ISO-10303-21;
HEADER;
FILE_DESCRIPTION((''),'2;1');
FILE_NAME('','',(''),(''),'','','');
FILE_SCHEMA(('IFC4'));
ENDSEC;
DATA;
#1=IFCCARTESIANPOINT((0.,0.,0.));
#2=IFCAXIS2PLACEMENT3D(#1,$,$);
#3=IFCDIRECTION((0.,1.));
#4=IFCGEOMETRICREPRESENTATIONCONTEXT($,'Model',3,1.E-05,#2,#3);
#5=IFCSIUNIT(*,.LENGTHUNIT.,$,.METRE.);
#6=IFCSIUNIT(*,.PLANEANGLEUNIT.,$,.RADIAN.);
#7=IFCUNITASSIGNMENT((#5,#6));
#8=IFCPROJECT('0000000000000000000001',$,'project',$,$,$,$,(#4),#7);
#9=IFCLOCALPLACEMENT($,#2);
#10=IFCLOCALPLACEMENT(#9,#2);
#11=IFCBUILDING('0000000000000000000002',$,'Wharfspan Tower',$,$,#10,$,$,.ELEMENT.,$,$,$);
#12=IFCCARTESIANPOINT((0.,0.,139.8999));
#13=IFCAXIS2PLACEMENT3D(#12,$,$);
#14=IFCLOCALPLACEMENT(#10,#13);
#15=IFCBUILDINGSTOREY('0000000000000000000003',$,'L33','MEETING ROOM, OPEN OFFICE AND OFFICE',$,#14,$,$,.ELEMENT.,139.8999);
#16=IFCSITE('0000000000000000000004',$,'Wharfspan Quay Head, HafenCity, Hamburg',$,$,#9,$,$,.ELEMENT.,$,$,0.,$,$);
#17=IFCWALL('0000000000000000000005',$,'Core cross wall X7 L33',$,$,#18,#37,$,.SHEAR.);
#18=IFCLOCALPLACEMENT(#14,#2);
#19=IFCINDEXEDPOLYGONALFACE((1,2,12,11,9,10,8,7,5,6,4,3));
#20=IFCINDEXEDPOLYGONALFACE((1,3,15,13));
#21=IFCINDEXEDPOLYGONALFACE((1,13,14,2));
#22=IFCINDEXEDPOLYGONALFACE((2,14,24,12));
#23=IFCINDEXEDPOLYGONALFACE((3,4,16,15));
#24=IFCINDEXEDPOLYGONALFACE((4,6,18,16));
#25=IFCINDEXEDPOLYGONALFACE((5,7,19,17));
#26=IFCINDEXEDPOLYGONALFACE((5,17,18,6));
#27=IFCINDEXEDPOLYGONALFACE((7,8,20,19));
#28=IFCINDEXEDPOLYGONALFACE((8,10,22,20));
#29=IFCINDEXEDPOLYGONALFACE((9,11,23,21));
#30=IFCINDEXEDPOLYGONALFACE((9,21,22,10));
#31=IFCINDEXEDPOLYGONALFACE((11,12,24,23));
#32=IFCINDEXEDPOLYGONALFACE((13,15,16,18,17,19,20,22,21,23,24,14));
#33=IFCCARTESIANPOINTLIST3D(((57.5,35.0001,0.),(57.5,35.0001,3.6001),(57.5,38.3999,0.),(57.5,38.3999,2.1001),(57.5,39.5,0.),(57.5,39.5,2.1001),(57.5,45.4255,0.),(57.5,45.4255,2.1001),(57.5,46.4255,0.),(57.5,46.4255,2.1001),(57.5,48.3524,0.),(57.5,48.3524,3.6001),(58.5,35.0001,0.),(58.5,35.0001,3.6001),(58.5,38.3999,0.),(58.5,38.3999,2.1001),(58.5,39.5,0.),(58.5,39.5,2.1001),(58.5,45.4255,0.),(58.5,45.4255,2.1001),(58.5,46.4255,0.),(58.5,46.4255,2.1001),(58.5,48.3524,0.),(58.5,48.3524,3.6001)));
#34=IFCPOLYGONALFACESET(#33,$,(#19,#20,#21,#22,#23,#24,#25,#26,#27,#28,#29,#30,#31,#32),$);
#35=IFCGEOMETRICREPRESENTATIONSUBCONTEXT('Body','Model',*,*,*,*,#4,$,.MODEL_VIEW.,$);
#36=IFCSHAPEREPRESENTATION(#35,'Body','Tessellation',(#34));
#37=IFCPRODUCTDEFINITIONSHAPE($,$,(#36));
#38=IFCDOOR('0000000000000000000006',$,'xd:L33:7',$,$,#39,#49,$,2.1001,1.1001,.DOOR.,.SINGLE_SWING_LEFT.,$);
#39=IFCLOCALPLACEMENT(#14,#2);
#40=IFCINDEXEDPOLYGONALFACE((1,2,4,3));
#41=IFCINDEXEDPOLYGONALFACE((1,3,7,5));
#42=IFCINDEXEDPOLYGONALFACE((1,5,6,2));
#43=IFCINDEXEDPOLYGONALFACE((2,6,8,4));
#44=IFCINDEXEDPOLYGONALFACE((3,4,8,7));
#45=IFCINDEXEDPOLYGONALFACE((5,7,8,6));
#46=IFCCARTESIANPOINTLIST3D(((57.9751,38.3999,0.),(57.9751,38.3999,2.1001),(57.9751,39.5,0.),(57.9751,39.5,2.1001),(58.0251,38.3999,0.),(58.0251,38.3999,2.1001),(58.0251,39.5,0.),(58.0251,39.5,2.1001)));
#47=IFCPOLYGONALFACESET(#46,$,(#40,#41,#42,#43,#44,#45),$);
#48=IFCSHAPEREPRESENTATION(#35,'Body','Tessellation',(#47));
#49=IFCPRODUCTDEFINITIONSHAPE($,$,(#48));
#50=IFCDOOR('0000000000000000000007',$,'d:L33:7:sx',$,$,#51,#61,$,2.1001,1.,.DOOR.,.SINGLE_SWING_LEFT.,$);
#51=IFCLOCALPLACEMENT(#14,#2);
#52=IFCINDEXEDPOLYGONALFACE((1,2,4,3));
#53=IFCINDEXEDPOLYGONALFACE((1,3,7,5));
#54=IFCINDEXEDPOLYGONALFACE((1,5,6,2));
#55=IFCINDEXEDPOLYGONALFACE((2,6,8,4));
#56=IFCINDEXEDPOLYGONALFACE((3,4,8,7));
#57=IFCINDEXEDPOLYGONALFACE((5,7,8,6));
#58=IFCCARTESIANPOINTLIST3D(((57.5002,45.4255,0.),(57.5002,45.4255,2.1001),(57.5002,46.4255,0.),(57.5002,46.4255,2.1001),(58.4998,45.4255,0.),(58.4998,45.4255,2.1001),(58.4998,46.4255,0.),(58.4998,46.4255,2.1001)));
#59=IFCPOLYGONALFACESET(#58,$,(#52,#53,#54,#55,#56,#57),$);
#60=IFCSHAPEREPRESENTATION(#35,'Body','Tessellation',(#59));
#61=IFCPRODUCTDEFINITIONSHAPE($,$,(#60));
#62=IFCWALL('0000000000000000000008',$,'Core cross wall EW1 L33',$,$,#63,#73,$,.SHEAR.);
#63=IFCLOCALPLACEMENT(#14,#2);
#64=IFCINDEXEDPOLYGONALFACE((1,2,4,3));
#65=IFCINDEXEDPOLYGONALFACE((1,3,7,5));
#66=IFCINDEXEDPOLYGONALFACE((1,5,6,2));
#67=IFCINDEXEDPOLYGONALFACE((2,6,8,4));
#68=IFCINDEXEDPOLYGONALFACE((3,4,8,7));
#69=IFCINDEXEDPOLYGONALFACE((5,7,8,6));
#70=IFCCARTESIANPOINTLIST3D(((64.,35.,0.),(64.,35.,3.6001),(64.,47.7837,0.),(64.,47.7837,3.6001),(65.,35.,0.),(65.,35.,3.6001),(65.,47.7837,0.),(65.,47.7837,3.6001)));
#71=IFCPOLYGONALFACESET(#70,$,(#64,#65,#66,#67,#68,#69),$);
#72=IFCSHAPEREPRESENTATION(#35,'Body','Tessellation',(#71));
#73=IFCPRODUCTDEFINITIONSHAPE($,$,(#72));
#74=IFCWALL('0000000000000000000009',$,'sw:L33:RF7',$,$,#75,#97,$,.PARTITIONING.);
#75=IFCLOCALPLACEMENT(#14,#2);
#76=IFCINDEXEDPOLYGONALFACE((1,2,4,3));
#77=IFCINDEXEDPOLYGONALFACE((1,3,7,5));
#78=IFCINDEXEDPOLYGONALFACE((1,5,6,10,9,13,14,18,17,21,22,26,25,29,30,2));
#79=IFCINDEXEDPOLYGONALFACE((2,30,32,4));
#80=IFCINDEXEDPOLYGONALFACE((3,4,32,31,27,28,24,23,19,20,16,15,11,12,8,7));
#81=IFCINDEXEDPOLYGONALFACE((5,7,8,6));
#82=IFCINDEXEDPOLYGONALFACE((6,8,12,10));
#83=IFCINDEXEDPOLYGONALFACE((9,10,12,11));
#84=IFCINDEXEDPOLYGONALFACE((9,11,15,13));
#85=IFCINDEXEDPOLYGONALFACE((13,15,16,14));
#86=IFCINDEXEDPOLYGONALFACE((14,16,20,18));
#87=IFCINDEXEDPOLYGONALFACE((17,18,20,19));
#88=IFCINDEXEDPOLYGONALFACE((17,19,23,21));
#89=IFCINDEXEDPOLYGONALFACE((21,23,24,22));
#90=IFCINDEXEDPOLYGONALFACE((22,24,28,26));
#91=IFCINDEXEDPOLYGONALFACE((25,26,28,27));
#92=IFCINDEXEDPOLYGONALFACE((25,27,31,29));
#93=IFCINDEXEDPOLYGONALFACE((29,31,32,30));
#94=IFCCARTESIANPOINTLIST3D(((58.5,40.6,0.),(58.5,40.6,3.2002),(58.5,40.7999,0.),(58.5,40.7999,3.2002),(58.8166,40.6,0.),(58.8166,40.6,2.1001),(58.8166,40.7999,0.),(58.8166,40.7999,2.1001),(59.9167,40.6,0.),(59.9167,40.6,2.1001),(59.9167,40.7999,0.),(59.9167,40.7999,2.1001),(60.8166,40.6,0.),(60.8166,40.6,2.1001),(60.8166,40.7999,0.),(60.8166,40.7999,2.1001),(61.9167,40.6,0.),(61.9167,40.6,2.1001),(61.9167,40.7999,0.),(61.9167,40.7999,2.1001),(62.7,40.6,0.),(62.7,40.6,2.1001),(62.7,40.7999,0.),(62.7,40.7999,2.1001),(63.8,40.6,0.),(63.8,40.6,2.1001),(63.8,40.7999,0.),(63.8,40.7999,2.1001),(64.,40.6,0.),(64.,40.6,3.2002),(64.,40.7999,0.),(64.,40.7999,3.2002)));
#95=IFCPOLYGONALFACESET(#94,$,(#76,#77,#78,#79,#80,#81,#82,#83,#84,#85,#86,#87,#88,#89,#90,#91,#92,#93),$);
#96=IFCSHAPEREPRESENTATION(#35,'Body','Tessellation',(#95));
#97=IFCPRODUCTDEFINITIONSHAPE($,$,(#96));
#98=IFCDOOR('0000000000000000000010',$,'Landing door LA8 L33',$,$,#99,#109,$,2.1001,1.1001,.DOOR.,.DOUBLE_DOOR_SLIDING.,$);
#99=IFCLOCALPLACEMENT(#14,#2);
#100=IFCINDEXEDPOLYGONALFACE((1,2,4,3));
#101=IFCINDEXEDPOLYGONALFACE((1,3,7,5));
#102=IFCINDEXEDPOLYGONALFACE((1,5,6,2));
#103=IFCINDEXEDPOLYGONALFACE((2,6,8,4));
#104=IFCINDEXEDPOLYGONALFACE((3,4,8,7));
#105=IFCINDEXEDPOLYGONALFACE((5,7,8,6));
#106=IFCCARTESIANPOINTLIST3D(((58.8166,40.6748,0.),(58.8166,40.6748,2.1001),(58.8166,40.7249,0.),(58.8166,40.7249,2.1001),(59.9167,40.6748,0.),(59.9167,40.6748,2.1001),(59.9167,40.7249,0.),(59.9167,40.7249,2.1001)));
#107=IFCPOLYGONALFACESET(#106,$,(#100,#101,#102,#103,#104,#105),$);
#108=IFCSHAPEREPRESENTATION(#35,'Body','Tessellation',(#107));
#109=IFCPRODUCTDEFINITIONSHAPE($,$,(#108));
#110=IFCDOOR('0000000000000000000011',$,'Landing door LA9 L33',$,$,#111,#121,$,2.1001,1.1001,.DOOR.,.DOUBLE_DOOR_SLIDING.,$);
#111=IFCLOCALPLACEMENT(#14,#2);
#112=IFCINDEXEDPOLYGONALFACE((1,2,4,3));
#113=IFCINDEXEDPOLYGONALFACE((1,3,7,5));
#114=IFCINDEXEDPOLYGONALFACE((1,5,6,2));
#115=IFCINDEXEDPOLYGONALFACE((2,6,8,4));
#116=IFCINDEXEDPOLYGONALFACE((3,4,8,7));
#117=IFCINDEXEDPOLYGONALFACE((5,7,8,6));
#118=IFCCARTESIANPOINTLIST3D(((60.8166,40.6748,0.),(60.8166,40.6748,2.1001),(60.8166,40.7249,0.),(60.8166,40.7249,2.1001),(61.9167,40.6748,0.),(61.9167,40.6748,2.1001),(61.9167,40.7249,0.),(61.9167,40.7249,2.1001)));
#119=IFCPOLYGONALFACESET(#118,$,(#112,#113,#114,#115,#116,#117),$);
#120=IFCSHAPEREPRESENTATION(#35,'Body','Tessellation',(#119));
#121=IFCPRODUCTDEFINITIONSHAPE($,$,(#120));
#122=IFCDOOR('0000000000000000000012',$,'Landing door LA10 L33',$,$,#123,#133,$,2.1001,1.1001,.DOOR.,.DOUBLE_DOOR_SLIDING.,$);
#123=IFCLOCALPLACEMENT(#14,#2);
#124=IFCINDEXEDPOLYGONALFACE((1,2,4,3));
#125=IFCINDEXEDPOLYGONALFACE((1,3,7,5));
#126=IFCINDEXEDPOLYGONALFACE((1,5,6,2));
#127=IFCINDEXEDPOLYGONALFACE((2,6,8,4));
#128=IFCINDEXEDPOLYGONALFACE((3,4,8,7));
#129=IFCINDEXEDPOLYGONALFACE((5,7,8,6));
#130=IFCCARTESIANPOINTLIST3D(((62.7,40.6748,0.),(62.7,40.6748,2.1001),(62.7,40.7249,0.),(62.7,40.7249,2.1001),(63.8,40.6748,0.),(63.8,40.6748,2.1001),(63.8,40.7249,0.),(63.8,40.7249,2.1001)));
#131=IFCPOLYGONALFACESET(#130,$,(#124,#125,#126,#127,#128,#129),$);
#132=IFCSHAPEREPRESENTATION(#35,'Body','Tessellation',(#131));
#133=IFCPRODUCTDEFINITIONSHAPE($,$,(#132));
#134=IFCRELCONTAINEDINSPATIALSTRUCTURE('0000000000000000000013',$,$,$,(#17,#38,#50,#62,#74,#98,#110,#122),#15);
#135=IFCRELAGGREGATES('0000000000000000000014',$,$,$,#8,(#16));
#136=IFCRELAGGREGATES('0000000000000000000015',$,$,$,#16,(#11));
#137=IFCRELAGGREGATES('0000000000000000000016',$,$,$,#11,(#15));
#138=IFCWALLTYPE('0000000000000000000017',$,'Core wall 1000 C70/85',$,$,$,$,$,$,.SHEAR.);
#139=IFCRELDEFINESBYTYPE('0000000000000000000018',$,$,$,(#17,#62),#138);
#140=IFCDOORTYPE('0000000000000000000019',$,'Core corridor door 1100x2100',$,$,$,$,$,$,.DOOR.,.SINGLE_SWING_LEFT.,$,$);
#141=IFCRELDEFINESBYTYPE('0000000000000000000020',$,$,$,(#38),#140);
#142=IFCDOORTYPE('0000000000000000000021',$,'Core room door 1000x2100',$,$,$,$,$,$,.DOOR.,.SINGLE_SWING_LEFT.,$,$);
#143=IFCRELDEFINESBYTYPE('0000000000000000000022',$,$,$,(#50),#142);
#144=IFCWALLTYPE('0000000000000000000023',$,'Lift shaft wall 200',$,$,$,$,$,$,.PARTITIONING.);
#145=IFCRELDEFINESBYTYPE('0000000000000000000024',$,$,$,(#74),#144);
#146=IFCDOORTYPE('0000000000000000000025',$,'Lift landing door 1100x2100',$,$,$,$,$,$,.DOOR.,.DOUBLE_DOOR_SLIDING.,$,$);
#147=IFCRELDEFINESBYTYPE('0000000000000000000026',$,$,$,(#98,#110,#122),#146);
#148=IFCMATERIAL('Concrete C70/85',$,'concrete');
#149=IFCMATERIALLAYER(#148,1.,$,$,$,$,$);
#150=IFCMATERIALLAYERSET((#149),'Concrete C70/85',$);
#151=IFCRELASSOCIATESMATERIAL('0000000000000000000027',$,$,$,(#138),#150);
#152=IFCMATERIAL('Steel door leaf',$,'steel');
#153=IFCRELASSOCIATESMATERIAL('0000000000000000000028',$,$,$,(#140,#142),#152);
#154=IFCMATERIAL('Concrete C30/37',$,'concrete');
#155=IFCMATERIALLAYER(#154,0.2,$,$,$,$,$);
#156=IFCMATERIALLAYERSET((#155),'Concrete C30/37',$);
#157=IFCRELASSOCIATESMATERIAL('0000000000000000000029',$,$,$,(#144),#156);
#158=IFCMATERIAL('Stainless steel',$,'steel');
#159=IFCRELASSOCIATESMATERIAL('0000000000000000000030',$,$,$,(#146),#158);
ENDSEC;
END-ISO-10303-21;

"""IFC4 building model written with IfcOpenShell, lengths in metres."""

from ifc_helpers import new_model, si_unit, direction, frame, frame_2d, origin, place, context, subcontext, project, spatial, rectangle, extrude, material, layer, layer_set, type_object, element, fill, save


model = new_model("IFC4")

# Units and contexts
model_context = context("Model", 3, precision=1e-05, world=origin(), true_north=direction((0.0, 1.0)))
body_context = subcontext(model_context, "Body", "Model", "MODEL_VIEW")
ifc_project = project(units=[si_unit("LENGTHUNIT", "METRE"), si_unit("PLANEANGLEUNIT", "RADIAN")], contexts=[model_context])

# Site, building, storey
site_placement = place(None, origin())
site = spatial("IfcSite", under=ifc_project, at=site_placement, Name="Wharfspan Quay Head, HafenCity, Hamburg", CompositionType="ELEMENT", RefElevation=0.0)
building_placement = place(site_placement, origin())
building = spatial("IfcBuilding", under=site, at=building_placement, Name="Wharfspan Tower", CompositionType="ELEMENT")
storey_placement = place(building_placement, frame((0.0, 0.0, 139.8999)))
storey = spatial("IfcBuildingStorey", under=building, at=storey_placement, Name="L33", Description="MEETING ROOM, OPEN OFFICE AND OFFICE", CompositionType="ELEMENT", Elevation=139.8999)

# Wall, openings, doors
ifc_material_1 = material(Name="Concrete C70/85", Category="concrete")
ifc_layer_1 = layer(ifc_material_1, 1.0)
ifc_layer_set_1 = layer_set([ifc_layer_1], Name="Concrete C70/85")
wall_type_1 = type_object("IfcWallType", Name="Core wall 1000 C70/85", PredefinedType="SHEAR", material=ifc_layer_set_1)
wall_1_placement = place(storey_placement, frame((58.0, 35.0, 0.0), z_axis=(0.0, 0.0, 1.0), x_axis=(0.0, 1.0, 0.0)))
wall_1 = element("IfcWall", 1, at=wall_1_placement, inside=storey, type_object=wall_type_1, Name="Core cross wall X7 L33", PredefinedType="SHEAR", context=body_context, shape_type="SweptSolid", body=[
    extrude(rectangle(XDim=13.3523, YDim=1.0, at=frame_2d((6.6763, 0.0))), origin(), (0.0, 0.0, 1.0), 3.6001),
])
opening_1_placement = place(wall_1_placement, frame((10.4255, 0.0, 0.0)))
opening_1 = element("IfcOpeningElement", 2, at=opening_1_placement, cuts=wall_1, PredefinedType="OPENING", context=body_context, shape_type="SweptSolid", body=[
    extrude(rectangle(XDim=1.0, YDim=2.1001, at=frame_2d((0.5, 1.05))), frame((0.0, 0.51, 0.0), z_axis=(0.0, -1.0, 0.0), x_axis=(1.0, 0.0, 0.0)), (0.0, 0.0, 1.0), 1.02),
])
opening_2_placement = place(wall_1_placement, frame((3.3999, 0.0, 0.0)))
opening_2 = element("IfcOpeningElement", 3, at=opening_2_placement, cuts=wall_1, PredefinedType="OPENING", context=body_context, shape_type="SweptSolid", body=[
    extrude(rectangle(XDim=1.1001, YDim=2.1001, at=frame_2d((0.55, 1.05))), frame((0.0, 0.51, 0.0), z_axis=(0.0, -1.0, 0.0), x_axis=(1.0, 0.0, 0.0)), (0.0, 0.0, 1.0), 1.02),
])
ifc_material_2 = material(Name="Steel door leaf", Category="steel")
door_type_1 = type_object("IfcDoorType", Name="Core corridor door 1100x2100", OperationType="SINGLE_SWING_LEFT", PredefinedType="DOOR", material=ifc_material_2)
door_1_placement = place(opening_2_placement, origin())
door_1 = element("IfcDoor", 4, at=door_1_placement, inside=storey, type_object=door_type_1, Name="xd:L33:7", OperationType="SINGLE_SWING_LEFT", OverallHeight=2.1001, OverallWidth=1.1001, PredefinedType="DOOR", context=body_context, shape_type="SweptSolid", body=[
    extrude(rectangle(XDim=1.1001, YDim=2.1001, at=frame_2d((0.55, 1.05))), frame((0.0, 0.0249, 0.0), z_axis=(0.0, -1.0, 0.0), x_axis=(1.0, 0.0, 0.0)), (0.0, 0.0, 1.0), 0.05),
])
fill(opening_2, door_1)
door_type_2 = type_object("IfcDoorType", Name="Core room door 1000x2100", OperationType="SINGLE_SWING_LEFT", PredefinedType="DOOR", material=ifc_material_2)
door_2_placement = place(opening_1_placement, origin())
door_2 = element("IfcDoor", 5, at=door_2_placement, inside=storey, type_object=door_type_2, Name="d:L33:7:sx", OperationType="SINGLE_SWING_LEFT", OverallHeight=2.1001, OverallWidth=1.0, PredefinedType="DOOR", context=body_context, shape_type="SweptSolid", body=[
    extrude(rectangle(XDim=1.0, YDim=2.1001, at=frame_2d((0.5, 1.05))), frame((0.0, 0.4998, 0.0), z_axis=(0.0, -1.0, 0.0), x_axis=(1.0, 0.0, 0.0)), (0.0, 0.0, 1.0), 0.9995),
])
fill(opening_1, door_2)

# Wall
wall_2_placement = place(storey_placement, frame((64.5, 35.0, 0.0), z_axis=(0.0, 0.0, 1.0), x_axis=(0.0, 1.0, 0.0)))
element("IfcWall", 6, at=wall_2_placement, inside=storey, type_object=wall_type_1, Name="Core cross wall EW1 L33", PredefinedType="SHEAR", context=body_context, shape_type="SweptSolid", body=[
    extrude(rectangle(XDim=12.7837, YDim=1.0, at=frame_2d((6.3918, 0.0))), origin(), (0.0, 0.0, 1.0), 3.6001),
])

# Wall, openings, doors
ifc_material_3 = material(Name="Concrete C30/37", Category="concrete")
ifc_layer_2 = layer(ifc_material_3, 0.2)
ifc_layer_set_2 = layer_set([ifc_layer_2], Name="Concrete C30/37")
wall_type_2 = type_object("IfcWallType", Name="Lift shaft wall 200", PredefinedType="PARTITIONING", material=ifc_layer_set_2)
wall_3_placement = place(storey_placement, frame((58.5, 40.7, 0.0), z_axis=(0.0, 0.0, 1.0), x_axis=(1.0, 0.0, 0.0)))
wall_3 = element("IfcWall", 7, at=wall_3_placement, inside=storey, type_object=wall_type_2, Name="sw:L33:RF7", PredefinedType="PARTITIONING", context=body_context, shape_type="SweptSolid", body=[
    extrude(rectangle(XDim=5.5, YDim=0.2, at=frame_2d((2.75, 0.0))), origin(), (0.0, 0.0, 1.0), 3.2002),
])
opening_3_placement = place(wall_3_placement, frame((0.3166, 0.0, 0.0)))
opening_3 = element("IfcOpeningElement", 8, at=opening_3_placement, cuts=wall_3, PredefinedType="OPENING", context=body_context, shape_type="SweptSolid", body=[
    extrude(rectangle(XDim=1.1001, YDim=2.1001, at=frame_2d((0.55, 1.05))), frame((0.0, 0.1099, 0.0), z_axis=(0.0, -1.0, 0.0), x_axis=(1.0, 0.0, 0.0)), (0.0, 0.0, 1.0), 0.22),
])
opening_4_placement = place(wall_3_placement, frame((2.3167, 0.0, 0.0)))
opening_4 = element("IfcOpeningElement", 9, at=opening_4_placement, cuts=wall_3, PredefinedType="OPENING", context=body_context, shape_type="SweptSolid", body=[
    extrude(rectangle(XDim=1.1001, YDim=2.1001, at=frame_2d((0.55, 1.05))), frame((0.0, 0.1099, 0.0), z_axis=(0.0, -1.0, 0.0), x_axis=(1.0, 0.0, 0.0)), (0.0, 0.0, 1.0), 0.22),
])
opening_5_placement = place(wall_3_placement, frame((4.2, 0.0, 0.0)))
opening_5 = element("IfcOpeningElement", 10, at=opening_5_placement, cuts=wall_3, PredefinedType="OPENING", context=body_context, shape_type="SweptSolid", body=[
    extrude(rectangle(XDim=1.1001, YDim=2.1001, at=frame_2d((0.55, 1.05))), frame((0.0, 0.1099, 0.0), z_axis=(0.0, -1.0, 0.0), x_axis=(1.0, 0.0, 0.0)), (0.0, 0.0, 1.0), 0.22),
])
ifc_material_4 = material(Name="Stainless steel", Category="steel")
door_type_3 = type_object("IfcDoorType", Name="Lift landing door 1100x2100", OperationType="DOUBLE_DOOR_SLIDING", PredefinedType="DOOR", material=ifc_material_4)
door_3_placement = place(opening_3_placement, origin())
door_3 = element("IfcDoor", 11, at=door_3_placement, inside=storey, type_object=door_type_3, Name="Landing door LA8 L33", OperationType="DOUBLE_DOOR_SLIDING", OverallHeight=2.1001, OverallWidth=1.1001, PredefinedType="DOOR", context=body_context, shape_type="SweptSolid", body=[
    extrude(rectangle(XDim=1.1001, YDim=2.1001, at=frame_2d((0.55, 1.05))), frame((0.0, 0.0249, 0.0), z_axis=(0.0, -1.0, 0.0), x_axis=(1.0, 0.0, 0.0)), (0.0, 0.0, 1.0), 0.05),
])
fill(opening_3, door_3)
door_4_placement = place(opening_4_placement, origin())
door_4 = element("IfcDoor", 12, at=door_4_placement, inside=storey, type_object=door_type_3, Name="Landing door LA9 L33", OperationType="DOUBLE_DOOR_SLIDING", OverallHeight=2.1001, OverallWidth=1.1001, PredefinedType="DOOR", context=body_context, shape_type="SweptSolid", body=[
    extrude(rectangle(XDim=1.1001, YDim=2.1001, at=frame_2d((0.55, 1.05))), frame((0.0, 0.0249, 0.0), z_axis=(0.0, -1.0, 0.0), x_axis=(1.0, 0.0, 0.0)), (0.0, 0.0, 1.0), 0.05),
])
fill(opening_4, door_4)
door_5_placement = place(opening_5_placement, origin())
door_5 = element("IfcDoor", 13, at=door_5_placement, inside=storey, type_object=door_type_3, Name="Landing door LA10 L33", OperationType="DOUBLE_DOOR_SLIDING", OverallHeight=2.1001, OverallWidth=1.1001, PredefinedType="DOOR", context=body_context, shape_type="SweptSolid", body=[
    extrude(rectangle(XDim=1.1001, YDim=2.1001, at=frame_2d((0.55, 1.05))), frame((0.0, 0.0249, 0.0), z_axis=(0.0, -1.0, 0.0), x_axis=(1.0, 0.0, 0.0)), (0.0, 0.0, 1.0), 0.05),
])
fill(opening_5, door_5)

save(model, "model.ifc")
